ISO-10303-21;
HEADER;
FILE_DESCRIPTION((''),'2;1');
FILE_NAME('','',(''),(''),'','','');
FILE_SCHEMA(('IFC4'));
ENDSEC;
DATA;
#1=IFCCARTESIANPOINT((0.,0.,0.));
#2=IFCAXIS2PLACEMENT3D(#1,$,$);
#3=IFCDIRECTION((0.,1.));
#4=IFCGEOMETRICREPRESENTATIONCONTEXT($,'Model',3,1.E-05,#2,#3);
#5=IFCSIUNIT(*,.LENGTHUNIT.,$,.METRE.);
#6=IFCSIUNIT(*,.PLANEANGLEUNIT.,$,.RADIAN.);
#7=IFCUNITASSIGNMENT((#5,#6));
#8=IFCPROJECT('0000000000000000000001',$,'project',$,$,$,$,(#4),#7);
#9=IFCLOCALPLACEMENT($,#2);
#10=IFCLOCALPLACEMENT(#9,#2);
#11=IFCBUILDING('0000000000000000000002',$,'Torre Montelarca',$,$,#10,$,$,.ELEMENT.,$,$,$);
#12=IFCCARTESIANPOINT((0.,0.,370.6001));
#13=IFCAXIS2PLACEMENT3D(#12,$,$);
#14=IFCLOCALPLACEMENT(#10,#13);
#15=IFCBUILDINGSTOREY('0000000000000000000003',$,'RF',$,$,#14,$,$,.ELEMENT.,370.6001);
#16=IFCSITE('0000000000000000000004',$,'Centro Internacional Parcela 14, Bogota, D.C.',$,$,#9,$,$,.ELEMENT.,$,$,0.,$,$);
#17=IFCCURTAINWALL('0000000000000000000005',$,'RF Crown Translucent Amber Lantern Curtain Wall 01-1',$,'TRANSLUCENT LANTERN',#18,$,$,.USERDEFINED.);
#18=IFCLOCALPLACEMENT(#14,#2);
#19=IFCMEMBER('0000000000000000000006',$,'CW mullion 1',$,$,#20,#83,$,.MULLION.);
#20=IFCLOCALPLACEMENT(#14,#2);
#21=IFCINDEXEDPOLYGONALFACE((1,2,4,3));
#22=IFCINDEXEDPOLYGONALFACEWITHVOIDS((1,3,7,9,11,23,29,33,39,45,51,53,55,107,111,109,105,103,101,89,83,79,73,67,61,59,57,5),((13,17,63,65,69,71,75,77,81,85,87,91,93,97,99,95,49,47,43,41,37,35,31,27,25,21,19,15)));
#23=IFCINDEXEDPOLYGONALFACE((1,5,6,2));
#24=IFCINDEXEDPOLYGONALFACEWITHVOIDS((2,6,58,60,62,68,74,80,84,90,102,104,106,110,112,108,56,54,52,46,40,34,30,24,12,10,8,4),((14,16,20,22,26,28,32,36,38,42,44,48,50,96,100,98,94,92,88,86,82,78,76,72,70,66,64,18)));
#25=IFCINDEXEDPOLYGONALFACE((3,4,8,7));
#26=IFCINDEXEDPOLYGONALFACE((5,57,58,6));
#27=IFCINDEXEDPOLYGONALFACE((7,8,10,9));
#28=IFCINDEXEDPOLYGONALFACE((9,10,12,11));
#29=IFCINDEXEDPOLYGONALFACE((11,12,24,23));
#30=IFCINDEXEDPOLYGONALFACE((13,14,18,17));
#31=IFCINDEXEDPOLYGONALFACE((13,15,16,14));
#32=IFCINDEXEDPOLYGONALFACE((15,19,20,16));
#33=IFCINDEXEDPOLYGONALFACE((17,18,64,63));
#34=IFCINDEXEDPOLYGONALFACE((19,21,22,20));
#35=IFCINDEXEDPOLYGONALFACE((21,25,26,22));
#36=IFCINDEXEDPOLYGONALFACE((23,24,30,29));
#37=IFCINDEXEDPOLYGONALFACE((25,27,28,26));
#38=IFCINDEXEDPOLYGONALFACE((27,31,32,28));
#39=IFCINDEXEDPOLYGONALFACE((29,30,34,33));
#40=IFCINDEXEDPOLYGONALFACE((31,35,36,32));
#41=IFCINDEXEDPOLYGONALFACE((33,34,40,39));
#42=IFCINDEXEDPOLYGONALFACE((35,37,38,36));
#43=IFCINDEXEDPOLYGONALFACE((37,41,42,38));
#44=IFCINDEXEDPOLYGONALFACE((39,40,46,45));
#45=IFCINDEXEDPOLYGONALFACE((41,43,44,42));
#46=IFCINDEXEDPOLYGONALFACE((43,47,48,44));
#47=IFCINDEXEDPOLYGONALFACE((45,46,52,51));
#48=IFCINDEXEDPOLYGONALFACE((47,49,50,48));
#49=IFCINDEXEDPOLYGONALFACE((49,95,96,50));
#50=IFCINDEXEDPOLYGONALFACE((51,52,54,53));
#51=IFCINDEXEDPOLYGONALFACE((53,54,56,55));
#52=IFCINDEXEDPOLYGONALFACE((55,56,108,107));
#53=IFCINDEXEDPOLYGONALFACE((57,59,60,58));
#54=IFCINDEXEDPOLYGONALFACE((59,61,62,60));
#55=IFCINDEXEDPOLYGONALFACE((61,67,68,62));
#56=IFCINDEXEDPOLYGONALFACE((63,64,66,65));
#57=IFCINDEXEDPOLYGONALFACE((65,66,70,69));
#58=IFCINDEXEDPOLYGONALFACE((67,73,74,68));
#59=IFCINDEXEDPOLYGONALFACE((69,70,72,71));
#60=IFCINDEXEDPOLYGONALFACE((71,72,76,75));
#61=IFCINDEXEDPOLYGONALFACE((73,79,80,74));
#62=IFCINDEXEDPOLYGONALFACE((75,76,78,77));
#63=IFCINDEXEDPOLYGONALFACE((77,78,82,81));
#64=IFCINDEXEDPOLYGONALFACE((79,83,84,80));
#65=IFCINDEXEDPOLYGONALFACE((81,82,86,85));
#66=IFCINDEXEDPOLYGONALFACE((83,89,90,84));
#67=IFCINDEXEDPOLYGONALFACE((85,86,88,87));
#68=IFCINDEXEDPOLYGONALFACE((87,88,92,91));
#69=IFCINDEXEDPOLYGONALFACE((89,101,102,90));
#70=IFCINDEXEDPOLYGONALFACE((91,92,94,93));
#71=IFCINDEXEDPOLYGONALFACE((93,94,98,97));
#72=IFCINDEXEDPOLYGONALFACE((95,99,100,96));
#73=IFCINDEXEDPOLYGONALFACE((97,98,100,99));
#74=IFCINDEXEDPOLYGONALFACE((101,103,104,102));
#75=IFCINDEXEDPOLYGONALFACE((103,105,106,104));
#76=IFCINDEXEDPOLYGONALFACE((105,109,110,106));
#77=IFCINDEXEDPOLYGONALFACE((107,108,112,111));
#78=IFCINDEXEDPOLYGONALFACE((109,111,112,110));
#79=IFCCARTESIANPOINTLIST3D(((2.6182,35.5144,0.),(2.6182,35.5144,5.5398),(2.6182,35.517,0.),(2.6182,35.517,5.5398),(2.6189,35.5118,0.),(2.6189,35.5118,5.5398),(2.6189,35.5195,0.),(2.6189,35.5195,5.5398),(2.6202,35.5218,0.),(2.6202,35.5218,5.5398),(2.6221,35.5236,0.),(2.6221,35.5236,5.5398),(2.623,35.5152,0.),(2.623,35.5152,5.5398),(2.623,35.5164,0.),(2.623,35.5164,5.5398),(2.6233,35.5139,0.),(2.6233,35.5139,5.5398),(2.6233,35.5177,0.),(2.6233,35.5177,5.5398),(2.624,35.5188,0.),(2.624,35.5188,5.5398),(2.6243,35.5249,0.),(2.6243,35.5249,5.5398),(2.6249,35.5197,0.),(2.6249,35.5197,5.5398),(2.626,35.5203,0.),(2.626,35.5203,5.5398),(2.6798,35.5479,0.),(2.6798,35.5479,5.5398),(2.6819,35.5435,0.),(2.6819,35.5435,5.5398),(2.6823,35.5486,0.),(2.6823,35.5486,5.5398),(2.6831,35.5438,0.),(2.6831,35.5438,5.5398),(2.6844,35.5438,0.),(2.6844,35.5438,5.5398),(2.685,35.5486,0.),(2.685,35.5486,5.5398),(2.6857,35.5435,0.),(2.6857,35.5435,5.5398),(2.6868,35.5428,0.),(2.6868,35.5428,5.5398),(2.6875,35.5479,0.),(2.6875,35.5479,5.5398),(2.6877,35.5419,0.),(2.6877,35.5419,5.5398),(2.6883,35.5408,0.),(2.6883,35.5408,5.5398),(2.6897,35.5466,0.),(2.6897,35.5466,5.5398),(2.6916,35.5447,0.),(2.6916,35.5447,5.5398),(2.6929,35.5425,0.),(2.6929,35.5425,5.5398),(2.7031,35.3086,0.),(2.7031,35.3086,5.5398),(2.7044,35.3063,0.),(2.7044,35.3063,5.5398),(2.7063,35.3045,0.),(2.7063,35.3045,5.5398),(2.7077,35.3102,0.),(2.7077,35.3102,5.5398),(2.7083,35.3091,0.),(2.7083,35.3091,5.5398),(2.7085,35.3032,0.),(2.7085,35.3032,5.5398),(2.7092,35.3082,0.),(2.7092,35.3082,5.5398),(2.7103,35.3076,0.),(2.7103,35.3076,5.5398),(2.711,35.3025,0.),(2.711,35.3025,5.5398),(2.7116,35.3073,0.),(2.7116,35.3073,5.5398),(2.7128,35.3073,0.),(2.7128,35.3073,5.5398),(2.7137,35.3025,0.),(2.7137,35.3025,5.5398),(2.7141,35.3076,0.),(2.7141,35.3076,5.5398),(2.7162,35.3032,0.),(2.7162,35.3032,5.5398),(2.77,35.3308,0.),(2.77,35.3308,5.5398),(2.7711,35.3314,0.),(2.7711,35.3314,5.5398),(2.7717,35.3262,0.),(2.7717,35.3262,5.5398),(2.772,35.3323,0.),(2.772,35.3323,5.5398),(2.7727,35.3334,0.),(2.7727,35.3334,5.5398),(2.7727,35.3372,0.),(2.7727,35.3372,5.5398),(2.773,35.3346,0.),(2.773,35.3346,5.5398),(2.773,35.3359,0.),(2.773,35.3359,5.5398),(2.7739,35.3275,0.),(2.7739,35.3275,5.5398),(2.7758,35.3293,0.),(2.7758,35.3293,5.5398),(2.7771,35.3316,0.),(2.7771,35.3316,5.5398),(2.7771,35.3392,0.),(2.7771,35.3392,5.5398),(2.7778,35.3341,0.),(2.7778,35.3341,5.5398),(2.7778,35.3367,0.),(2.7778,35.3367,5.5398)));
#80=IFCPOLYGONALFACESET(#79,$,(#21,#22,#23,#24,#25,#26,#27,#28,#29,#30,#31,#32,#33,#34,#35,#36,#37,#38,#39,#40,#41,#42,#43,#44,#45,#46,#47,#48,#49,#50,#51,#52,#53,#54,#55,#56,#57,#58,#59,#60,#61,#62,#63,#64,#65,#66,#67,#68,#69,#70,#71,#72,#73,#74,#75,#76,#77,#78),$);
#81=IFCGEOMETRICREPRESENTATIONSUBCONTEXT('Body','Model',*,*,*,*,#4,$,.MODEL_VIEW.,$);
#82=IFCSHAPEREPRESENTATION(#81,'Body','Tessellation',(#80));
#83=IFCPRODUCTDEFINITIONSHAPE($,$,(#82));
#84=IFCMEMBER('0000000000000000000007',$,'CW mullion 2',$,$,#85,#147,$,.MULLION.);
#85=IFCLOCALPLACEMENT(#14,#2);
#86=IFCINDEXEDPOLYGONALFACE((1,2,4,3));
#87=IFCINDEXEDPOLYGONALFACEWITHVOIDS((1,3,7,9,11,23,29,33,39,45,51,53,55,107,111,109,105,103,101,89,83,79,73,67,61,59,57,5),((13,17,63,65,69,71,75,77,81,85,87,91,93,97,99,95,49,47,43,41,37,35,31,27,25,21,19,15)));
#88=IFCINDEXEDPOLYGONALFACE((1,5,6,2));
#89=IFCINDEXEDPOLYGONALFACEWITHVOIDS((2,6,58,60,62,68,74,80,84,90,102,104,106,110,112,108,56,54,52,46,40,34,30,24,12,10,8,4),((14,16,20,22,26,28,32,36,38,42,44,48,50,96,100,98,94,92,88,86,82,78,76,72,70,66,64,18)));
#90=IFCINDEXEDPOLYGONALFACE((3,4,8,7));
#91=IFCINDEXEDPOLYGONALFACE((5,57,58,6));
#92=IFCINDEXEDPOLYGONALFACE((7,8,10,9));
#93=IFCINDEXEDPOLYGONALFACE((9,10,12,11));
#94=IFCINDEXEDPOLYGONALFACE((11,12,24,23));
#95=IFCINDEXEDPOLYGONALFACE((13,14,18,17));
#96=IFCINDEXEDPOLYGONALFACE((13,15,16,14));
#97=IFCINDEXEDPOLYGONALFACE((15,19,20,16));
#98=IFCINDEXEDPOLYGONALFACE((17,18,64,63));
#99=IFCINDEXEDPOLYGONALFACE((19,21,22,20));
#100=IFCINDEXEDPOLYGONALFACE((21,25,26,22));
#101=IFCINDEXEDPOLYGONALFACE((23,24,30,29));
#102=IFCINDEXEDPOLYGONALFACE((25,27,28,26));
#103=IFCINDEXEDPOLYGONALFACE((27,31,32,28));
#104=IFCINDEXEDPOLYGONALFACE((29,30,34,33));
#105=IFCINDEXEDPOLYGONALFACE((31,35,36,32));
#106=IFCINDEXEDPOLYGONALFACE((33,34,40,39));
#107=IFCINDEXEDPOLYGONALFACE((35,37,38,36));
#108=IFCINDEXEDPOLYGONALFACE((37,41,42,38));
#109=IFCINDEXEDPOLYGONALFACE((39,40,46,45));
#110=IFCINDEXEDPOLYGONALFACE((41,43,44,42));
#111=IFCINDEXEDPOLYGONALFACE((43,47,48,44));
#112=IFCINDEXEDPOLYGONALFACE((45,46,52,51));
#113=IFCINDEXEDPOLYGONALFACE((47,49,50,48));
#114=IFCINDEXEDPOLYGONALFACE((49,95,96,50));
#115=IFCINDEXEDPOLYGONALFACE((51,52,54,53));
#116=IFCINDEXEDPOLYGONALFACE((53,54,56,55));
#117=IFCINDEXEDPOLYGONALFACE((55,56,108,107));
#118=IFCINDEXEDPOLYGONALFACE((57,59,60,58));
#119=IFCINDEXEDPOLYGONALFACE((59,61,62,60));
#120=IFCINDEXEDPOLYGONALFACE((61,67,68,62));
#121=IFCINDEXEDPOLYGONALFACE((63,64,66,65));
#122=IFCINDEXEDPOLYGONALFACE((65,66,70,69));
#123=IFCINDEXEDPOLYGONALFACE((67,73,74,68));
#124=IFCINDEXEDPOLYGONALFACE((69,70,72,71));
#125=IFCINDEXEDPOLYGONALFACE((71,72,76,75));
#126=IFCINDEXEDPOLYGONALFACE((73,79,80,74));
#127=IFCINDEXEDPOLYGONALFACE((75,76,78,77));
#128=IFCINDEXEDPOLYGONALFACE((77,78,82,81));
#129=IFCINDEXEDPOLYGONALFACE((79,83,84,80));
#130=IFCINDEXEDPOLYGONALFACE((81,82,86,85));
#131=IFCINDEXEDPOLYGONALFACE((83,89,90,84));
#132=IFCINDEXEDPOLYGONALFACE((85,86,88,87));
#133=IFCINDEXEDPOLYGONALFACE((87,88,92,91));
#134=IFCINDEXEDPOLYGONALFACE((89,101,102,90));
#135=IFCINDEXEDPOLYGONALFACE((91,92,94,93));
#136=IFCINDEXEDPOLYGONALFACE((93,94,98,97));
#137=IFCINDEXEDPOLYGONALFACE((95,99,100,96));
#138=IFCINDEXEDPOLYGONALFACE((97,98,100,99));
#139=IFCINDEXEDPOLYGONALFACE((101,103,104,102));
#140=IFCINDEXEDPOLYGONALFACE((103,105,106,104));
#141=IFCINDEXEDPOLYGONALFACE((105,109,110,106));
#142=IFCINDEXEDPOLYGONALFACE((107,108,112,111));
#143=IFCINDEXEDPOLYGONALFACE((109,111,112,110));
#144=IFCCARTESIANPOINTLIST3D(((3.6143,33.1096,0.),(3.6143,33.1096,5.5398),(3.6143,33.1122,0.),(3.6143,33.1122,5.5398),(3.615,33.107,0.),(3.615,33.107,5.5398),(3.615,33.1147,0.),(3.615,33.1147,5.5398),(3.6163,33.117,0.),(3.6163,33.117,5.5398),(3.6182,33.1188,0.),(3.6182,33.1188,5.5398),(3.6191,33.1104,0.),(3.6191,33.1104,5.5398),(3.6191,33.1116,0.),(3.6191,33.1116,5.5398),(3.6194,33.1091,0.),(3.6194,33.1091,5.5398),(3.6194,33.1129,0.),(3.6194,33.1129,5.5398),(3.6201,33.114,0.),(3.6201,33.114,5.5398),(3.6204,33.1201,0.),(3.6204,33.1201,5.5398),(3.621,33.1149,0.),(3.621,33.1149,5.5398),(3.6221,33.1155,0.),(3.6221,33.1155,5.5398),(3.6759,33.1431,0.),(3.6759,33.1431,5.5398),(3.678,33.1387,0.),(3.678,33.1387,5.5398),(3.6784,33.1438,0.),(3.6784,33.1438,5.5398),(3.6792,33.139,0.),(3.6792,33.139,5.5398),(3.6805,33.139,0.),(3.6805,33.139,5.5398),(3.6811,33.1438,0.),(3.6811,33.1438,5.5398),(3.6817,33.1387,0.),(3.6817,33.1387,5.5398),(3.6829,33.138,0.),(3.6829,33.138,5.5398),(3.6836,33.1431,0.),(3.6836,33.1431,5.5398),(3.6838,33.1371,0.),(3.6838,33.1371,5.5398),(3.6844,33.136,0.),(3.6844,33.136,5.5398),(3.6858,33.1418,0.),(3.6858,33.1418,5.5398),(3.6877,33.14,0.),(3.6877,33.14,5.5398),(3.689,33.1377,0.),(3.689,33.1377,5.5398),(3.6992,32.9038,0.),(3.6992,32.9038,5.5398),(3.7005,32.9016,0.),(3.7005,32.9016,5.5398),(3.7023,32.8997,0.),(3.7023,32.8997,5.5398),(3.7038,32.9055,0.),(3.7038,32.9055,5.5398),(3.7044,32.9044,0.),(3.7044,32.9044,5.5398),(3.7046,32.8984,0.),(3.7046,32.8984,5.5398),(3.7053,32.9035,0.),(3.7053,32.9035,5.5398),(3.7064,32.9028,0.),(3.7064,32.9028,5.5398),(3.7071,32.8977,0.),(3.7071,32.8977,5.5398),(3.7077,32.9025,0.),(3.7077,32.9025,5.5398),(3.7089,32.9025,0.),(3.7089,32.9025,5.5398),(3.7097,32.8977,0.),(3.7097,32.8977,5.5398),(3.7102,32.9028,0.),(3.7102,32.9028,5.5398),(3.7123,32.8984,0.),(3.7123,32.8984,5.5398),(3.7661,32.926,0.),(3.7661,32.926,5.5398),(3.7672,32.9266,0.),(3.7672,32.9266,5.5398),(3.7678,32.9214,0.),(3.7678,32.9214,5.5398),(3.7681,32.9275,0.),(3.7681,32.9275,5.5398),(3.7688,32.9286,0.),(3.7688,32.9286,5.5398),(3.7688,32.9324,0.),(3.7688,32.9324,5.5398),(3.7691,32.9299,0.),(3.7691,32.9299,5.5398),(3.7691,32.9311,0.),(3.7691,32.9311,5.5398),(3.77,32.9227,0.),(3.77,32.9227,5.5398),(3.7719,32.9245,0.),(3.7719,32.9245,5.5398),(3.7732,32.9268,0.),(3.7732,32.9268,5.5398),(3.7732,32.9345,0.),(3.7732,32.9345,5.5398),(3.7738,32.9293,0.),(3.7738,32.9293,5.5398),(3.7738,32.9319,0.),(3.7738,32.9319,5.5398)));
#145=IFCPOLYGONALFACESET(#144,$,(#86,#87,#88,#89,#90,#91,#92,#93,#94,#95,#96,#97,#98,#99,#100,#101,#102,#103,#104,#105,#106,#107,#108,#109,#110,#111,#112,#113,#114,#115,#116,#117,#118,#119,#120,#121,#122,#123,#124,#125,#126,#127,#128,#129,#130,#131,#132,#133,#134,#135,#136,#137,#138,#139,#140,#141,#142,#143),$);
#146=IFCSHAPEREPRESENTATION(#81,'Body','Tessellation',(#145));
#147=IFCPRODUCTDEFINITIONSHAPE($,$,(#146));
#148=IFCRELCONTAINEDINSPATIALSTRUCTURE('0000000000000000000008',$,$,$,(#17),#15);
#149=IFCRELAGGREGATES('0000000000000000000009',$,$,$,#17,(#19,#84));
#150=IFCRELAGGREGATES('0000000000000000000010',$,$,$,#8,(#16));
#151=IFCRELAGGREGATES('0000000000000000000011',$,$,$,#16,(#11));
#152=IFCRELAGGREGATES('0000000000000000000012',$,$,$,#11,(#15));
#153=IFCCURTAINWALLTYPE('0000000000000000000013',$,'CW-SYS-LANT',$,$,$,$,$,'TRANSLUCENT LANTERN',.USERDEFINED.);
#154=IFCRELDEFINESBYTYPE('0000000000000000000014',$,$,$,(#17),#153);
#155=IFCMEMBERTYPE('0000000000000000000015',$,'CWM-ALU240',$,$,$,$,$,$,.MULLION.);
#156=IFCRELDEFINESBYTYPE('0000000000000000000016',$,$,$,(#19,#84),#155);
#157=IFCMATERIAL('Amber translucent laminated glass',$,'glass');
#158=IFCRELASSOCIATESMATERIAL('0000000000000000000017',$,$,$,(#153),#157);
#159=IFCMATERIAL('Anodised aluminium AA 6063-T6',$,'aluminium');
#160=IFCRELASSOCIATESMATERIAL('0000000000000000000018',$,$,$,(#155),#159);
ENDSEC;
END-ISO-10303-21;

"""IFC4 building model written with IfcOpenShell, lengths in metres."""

from ifc_helpers import new_model, si_unit, direction, frame, origin, origin_2d, place, context, subcontext, project, spatial, hollow_rectangle, extrude, source, transform, mapped, material, material_profile, profile_set, type_object, element, aggregate, save


model = new_model("IFC4")

# Units and contexts
model_context = context("Model", 3, precision=1e-05, world=origin(), true_north=direction((0.0, 1.0)))
body_context = subcontext(model_context, "Body", "Model", "MODEL_VIEW")
ifc_project = project(units=[si_unit("LENGTHUNIT", "METRE"), si_unit("PLANEANGLEUNIT", "RADIAN")], contexts=[model_context])

# Site, building, storey
site_placement = place(None, origin())
site = spatial("IfcSite", under=ifc_project, at=site_placement, Name="Centro Internacional Parcela 14, Bogota, D.C.", CompositionType="ELEMENT", RefElevation=0.0)
building_placement = place(site_placement, origin())
building = spatial("IfcBuilding", under=site, at=building_placement, Name="Torre Montelarca", CompositionType="ELEMENT")
storey_placement = place(building_placement, frame((0.0, 0.0, 370.6001)))
storey = spatial("IfcBuildingStorey", under=building, at=storey_placement, Name="RF", CompositionType="ELEMENT", Elevation=370.6001)

# Curtain wall, members
ifc_material_1 = material(Name="Amber translucent laminated glass", Category="glass")
curtain_wall_type = type_object("IfcCurtainWallType", Name="CW-SYS-LANT", ElementType="TRANSLUCENT LANTERN", PredefinedType="USERDEFINED", material=ifc_material_1)
curtain_wall_1_placement = place(storey_placement, origin())
curtain_wall_1 = element("IfcCurtainWall", 1, at=curtain_wall_1_placement, inside=storey, type_object=curtain_wall_type, Name="RF Crown Translucent Amber Lantern Curtain Wall 01-1", ObjectType="TRANSLUCENT LANTERN", PredefinedType="USERDEFINED")
ifc_material_2 = material(Name="Anodised aluminium AA 6063-T6", Category="aluminium")
ifc_material_profile_1 = material_profile(ifc_material_2, hollow_rectangle(XDim=0.0801, YDim=0.24, WallThickness=0.0049, InnerFilletRadius=0.0049, OuterFilletRadius=0.01, at=origin_2d()), Name="ALU80X240X5", Category="aluminium")
ifc_profile_set_1 = profile_set([ifc_material_profile_1], Name="Anodised aluminium AA 6063-T6")
member_type_1 = type_object("IfcMemberType", Name="CWM-ALU240", PredefinedType="MULLION", material=ifc_profile_set_1)
shared_shape_1 = source(origin(), body_context, "Body", "SweptSolid", [
    extrude(hollow_rectangle(XDim=0.0801, YDim=0.24, WallThickness=0.0049, InnerFilletRadius=0.0049, OuterFilletRadius=0.01, at=origin_2d()), origin(), (0.0, 0.0, 1.0), 5.5398),
])
member_1_placement = place(storey_placement, frame((2.698, 35.4255, 0.0), z_axis=(0.0, 0.0, 1.0), x_axis=(0.923879, 0.382685, 0.0)))
member_1 = element("IfcMember", 2, at=member_1_placement, type_object=member_type_1, Name="CW mullion 1", PredefinedType="MULLION", context=body_context, shape_type="MappedRepresentation", body=[
    mapped(shared_shape_1, transform((0.0, 0.0, 0.0), scale=1.0)),
])
member_2_placement = place(storey_placement, frame((3.6941, 33.0208, 0.0), z_axis=(0.0, 0.0, 1.0), x_axis=(0.923879, 0.382685, 0.0)))
member_2 = element("IfcMember", 3, at=member_2_placement, type_object=member_type_1, Name="CW mullion 2", PredefinedType="MULLION", context=body_context, shape_type="MappedRepresentation", body=[
    mapped(shared_shape_1, transform((0.0, 0.0, 0.0), scale=1.0)),
])

aggregate(curtain_wall_1, [member_1, member_2])

save(model, "model.ifc")
